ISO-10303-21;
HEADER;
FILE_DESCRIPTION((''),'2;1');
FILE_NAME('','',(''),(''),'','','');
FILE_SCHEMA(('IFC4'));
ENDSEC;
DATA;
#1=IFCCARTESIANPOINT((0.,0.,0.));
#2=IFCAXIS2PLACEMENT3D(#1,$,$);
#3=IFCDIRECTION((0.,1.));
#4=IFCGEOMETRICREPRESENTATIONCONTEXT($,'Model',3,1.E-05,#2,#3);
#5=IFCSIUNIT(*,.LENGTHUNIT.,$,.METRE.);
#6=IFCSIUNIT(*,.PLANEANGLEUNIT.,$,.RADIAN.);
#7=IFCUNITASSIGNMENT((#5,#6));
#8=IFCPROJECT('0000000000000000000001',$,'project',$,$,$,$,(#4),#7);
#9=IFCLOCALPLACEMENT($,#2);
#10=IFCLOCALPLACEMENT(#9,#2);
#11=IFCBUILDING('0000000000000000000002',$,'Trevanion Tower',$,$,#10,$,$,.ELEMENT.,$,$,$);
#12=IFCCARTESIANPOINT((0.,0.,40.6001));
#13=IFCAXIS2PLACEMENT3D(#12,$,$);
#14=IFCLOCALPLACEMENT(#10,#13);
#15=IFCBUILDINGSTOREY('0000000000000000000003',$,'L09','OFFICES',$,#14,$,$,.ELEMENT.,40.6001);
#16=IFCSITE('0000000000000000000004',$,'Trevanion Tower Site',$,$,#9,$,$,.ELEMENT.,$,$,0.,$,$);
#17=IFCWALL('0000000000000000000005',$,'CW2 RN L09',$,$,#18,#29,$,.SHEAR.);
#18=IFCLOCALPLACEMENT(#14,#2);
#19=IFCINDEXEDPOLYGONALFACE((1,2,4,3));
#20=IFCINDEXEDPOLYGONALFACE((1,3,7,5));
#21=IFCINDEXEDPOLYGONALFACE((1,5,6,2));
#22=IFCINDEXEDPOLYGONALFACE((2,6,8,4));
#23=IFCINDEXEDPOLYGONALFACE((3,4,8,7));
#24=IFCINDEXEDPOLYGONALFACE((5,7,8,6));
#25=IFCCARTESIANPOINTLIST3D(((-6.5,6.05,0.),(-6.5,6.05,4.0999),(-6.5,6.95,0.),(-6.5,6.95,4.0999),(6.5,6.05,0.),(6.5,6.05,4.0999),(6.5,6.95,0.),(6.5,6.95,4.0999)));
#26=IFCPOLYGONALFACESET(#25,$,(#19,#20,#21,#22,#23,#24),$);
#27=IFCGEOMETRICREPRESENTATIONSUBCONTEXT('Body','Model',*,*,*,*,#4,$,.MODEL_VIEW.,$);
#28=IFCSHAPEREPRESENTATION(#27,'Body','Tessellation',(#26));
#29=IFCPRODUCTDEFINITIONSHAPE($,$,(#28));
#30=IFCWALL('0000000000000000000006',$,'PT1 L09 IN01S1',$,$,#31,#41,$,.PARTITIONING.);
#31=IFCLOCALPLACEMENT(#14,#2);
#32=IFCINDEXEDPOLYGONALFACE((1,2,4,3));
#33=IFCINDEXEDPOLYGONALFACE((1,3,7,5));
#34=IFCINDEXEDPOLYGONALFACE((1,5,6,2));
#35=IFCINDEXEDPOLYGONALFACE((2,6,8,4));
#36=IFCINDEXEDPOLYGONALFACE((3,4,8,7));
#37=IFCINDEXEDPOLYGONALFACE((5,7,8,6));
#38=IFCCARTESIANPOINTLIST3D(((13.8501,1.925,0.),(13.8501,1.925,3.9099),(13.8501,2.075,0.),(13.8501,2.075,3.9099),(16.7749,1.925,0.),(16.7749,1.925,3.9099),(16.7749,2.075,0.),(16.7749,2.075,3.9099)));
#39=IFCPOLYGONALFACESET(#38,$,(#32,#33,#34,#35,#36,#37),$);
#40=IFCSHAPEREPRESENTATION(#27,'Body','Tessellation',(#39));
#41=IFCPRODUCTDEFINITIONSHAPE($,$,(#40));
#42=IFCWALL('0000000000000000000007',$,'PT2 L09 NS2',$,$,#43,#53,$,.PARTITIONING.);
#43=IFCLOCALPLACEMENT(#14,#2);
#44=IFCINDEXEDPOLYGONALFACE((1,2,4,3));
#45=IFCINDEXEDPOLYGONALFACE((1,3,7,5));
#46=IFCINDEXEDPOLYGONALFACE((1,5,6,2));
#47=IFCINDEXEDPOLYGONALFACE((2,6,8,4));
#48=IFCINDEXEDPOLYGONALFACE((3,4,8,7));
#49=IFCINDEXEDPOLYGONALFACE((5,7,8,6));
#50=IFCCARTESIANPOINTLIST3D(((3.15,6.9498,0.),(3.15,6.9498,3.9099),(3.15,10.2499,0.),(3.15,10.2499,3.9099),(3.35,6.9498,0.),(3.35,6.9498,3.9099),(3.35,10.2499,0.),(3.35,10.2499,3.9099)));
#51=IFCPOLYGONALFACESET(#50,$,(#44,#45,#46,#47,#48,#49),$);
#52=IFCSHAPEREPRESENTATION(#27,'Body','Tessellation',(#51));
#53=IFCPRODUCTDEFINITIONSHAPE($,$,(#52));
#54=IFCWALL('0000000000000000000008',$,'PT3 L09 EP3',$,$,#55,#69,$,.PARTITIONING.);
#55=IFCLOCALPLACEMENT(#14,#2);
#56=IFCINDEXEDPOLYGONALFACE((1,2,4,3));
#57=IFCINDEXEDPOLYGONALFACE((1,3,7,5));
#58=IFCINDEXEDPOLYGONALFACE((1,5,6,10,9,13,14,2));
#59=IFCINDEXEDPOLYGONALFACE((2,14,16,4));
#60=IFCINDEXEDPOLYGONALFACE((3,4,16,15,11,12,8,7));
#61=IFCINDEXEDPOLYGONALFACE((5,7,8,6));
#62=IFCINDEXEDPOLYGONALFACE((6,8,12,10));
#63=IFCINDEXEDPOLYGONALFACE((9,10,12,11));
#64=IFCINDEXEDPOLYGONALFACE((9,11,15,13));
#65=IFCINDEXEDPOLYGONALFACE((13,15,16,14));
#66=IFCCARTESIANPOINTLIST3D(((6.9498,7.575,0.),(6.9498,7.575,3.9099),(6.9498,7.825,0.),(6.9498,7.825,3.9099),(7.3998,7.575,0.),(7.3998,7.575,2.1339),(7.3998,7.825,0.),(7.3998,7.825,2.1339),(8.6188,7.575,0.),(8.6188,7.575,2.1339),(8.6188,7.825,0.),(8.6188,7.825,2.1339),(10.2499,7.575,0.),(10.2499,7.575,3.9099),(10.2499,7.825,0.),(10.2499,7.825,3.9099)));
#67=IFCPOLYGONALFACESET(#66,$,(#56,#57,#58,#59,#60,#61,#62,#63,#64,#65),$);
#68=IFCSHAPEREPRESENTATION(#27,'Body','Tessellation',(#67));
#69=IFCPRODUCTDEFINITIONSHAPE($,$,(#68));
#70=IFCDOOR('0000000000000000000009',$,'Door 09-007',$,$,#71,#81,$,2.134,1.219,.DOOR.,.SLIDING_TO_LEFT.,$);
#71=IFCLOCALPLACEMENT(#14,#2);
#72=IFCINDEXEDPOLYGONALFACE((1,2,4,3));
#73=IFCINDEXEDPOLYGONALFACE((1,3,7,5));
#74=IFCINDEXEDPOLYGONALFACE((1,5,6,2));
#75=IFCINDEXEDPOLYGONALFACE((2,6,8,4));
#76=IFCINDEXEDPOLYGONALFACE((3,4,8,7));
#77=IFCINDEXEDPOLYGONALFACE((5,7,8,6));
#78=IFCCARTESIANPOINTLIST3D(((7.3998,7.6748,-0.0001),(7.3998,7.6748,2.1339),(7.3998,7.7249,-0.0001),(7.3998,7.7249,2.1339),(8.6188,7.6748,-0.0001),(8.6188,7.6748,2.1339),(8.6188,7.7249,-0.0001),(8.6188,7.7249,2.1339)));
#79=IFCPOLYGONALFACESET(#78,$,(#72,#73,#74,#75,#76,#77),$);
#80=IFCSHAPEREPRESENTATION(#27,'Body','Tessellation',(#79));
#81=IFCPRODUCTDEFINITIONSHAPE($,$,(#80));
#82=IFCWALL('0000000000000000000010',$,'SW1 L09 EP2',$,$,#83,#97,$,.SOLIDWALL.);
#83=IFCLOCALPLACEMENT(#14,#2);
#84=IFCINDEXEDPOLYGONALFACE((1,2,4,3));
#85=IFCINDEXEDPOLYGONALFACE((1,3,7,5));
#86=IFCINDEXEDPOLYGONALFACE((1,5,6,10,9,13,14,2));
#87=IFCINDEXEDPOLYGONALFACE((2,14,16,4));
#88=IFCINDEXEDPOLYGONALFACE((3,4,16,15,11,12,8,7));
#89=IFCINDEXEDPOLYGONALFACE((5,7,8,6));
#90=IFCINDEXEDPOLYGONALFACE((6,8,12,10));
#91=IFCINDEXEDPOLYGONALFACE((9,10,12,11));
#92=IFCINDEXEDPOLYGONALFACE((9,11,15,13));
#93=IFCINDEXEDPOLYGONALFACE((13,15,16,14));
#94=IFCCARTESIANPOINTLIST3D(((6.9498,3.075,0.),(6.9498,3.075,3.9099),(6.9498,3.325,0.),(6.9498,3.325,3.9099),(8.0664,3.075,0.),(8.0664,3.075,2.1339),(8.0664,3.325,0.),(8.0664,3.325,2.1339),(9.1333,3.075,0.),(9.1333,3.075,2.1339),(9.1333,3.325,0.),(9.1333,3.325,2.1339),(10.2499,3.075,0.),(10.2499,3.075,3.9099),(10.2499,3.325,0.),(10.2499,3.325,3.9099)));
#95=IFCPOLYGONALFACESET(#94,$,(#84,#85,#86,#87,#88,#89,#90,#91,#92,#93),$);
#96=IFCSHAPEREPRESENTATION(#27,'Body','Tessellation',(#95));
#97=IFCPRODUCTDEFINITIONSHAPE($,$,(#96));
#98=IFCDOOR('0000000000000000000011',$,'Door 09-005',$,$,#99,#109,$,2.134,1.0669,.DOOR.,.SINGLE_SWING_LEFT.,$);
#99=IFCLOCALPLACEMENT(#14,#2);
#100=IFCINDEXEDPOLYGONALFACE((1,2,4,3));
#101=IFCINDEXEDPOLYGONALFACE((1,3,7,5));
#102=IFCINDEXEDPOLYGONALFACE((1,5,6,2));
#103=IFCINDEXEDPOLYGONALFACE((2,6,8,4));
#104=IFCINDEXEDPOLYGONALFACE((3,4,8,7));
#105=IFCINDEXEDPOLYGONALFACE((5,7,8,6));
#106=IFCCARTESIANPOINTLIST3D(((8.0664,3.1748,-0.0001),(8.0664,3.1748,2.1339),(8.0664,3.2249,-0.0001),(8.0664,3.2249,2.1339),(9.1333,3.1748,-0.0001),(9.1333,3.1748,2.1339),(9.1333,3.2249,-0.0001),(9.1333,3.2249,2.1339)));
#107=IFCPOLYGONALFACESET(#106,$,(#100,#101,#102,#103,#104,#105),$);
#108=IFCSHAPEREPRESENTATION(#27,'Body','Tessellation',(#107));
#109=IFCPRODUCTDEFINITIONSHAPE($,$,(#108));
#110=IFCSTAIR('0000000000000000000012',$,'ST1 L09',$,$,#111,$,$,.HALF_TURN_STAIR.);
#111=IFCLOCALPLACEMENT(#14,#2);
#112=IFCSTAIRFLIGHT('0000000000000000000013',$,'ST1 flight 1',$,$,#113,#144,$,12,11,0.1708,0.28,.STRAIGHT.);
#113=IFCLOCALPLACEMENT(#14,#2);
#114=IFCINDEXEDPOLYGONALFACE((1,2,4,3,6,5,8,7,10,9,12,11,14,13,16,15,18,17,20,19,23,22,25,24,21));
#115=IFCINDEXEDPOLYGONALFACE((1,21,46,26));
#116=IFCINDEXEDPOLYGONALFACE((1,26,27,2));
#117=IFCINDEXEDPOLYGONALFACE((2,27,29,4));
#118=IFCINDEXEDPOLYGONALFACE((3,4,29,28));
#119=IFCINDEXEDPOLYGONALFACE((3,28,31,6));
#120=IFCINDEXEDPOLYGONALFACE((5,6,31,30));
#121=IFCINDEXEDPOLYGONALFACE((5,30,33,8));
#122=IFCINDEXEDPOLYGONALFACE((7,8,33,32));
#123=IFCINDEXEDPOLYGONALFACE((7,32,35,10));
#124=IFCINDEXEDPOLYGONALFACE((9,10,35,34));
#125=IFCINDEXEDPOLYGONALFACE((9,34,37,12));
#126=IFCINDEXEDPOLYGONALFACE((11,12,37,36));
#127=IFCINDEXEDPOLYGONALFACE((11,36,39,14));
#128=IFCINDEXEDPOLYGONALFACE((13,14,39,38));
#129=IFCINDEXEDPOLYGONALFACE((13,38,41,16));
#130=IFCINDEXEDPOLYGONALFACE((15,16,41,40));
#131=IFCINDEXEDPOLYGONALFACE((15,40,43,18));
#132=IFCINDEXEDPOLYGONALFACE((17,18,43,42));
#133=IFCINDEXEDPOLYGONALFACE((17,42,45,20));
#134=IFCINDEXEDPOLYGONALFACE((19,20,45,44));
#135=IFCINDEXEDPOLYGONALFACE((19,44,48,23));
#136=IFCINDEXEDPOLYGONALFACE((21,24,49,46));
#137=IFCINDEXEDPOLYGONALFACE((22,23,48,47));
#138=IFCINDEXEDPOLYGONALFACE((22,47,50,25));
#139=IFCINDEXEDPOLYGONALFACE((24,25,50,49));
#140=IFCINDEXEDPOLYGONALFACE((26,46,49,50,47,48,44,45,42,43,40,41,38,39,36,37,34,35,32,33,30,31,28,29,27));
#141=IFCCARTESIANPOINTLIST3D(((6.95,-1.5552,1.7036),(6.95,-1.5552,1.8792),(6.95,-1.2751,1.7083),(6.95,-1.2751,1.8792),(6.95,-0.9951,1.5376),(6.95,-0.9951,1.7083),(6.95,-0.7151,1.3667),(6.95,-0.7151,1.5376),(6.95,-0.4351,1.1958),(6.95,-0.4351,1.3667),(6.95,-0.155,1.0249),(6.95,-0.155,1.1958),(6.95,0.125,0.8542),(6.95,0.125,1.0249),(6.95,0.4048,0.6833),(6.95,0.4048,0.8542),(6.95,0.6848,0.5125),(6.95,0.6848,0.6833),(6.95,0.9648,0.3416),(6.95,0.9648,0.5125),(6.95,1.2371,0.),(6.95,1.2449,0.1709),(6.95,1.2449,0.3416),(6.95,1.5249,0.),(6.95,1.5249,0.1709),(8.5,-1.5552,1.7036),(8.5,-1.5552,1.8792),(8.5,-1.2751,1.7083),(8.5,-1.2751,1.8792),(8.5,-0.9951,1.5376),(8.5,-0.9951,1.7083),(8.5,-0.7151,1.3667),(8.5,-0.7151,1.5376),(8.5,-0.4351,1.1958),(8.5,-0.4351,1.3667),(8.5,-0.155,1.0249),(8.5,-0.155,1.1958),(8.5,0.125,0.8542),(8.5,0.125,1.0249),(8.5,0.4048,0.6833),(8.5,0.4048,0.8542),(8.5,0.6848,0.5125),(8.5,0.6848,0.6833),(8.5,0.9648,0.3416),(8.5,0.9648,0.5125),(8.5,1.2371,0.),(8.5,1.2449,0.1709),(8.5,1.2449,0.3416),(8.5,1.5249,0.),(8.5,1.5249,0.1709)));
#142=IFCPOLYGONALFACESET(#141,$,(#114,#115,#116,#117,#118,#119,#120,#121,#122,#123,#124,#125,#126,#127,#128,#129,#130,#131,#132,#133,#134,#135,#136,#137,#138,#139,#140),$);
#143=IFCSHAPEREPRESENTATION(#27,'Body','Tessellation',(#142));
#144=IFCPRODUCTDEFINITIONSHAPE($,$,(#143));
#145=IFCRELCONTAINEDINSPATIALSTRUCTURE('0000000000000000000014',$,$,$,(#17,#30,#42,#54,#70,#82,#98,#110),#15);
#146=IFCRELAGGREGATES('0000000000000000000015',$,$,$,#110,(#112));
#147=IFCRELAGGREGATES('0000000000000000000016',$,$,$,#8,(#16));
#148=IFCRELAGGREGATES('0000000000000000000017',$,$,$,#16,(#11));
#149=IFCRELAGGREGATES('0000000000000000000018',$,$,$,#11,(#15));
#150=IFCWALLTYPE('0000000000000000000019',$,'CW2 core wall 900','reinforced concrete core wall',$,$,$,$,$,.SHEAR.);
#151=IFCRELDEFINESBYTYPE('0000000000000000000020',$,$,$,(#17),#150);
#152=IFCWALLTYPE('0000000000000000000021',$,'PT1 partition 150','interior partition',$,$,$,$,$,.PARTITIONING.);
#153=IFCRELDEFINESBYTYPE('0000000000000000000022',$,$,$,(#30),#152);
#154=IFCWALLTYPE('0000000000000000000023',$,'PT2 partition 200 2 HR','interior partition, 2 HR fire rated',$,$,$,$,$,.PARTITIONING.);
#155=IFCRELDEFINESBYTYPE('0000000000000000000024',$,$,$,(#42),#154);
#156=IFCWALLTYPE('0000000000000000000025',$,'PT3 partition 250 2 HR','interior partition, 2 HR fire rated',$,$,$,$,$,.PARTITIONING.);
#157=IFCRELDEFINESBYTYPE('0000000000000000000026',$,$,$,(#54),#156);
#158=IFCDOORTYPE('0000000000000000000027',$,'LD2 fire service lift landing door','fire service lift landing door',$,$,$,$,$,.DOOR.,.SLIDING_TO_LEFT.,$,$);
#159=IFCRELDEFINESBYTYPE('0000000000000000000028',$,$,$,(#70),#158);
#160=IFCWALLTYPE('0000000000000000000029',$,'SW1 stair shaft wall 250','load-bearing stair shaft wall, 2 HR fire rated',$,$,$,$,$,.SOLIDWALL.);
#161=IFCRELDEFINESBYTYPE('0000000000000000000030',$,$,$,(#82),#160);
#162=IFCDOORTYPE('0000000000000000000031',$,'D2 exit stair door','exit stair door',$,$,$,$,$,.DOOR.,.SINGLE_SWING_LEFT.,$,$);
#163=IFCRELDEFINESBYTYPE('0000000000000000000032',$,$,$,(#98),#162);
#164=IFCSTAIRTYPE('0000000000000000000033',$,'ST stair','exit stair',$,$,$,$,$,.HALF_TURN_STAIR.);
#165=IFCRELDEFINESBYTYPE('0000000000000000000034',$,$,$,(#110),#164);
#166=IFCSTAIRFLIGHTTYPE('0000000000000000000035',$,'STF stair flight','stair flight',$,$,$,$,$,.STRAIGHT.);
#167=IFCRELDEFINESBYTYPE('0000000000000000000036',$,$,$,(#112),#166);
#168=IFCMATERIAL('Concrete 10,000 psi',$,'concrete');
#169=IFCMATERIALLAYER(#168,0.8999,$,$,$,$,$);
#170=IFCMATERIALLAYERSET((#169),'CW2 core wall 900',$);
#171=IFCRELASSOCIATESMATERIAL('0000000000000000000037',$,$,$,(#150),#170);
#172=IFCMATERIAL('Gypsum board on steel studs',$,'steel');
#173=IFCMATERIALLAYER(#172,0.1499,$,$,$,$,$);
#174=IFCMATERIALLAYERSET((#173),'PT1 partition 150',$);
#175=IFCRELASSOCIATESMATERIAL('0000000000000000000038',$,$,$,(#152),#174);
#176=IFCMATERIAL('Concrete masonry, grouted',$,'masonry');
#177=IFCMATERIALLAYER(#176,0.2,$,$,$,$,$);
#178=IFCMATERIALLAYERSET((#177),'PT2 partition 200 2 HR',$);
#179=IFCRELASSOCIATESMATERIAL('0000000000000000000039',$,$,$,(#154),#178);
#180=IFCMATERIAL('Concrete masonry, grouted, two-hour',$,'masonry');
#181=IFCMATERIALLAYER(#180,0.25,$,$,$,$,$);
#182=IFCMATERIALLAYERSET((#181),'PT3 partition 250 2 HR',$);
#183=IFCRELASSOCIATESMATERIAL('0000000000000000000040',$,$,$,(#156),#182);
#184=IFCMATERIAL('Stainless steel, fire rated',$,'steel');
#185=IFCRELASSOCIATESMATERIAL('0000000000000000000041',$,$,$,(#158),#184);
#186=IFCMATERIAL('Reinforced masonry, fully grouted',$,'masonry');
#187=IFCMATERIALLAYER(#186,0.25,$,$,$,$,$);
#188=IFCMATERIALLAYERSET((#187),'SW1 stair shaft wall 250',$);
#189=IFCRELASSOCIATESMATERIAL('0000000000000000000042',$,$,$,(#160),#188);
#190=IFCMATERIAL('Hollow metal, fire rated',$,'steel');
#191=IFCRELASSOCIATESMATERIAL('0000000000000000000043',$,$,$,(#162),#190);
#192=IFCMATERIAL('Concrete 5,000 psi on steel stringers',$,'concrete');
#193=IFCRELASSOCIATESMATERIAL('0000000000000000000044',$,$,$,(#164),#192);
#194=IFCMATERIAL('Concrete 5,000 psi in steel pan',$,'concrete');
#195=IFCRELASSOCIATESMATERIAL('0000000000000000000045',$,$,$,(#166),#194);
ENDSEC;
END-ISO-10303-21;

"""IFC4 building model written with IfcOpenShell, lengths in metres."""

from ifc_helpers import new_model, si_unit, direction, frame, frame_2d, origin, place, context, subcontext, project, spatial, polyline, rectangle, outline, extrude, material, layer, layer_set, type_object, element, fill, aggregate, save


model = new_model("IFC4")

# Units and contexts
model_context = context("Model", 3, precision=1e-05, world=origin(), true_north=direction((0.0, 1.0)))
body_context = subcontext(model_context, "Body", "Model", "MODEL_VIEW")
ifc_project = project(units=[si_unit("LENGTHUNIT", "METRE"), si_unit("PLANEANGLEUNIT", "RADIAN")], contexts=[model_context])

# Site, building, storey
site_placement = place(None, origin())
site = spatial("IfcSite", under=ifc_project, at=site_placement, Name="Trevanion Tower Site", CompositionType="ELEMENT", RefElevation=0.0)
building_placement = place(site_placement, origin())
building = spatial("IfcBuilding", under=site, at=building_placement, Name="Trevanion Tower", CompositionType="ELEMENT")
storey_placement = place(building_placement, frame((0.0, 0.0, 40.6001)))
storey = spatial("IfcBuildingStorey", under=building, at=storey_placement, Name="L09", Description="OFFICES", CompositionType="ELEMENT", Elevation=40.6001)

# Walls
ifc_material_1 = material(Name="Concrete 10,000 psi", Category="concrete")
ifc_layer_1 = layer(ifc_material_1, 0.8999)
ifc_layer_set_1 = layer_set([ifc_layer_1], Name="CW2 core wall 900")
wall_type_1 = type_object("IfcWallType", Name="CW2 core wall 900", Description="reinforced concrete core wall", PredefinedType="SHEAR", material=ifc_layer_set_1)
wall_1_placement = place(storey_placement, frame((6.5, 6.5, 0.0), z_axis=(0.0, 0.0, 1.0), x_axis=(-1.0, 0.0, 0.0)))
element("IfcWall", 1, at=wall_1_placement, inside=storey, type_object=wall_type_1, Name="CW2 RN L09", PredefinedType="SHEAR", context=body_context, shape_type="SweptSolid", body=[
    extrude(rectangle(XDim=13.0, YDim=0.8999, at=frame_2d((6.5, 0.0))), origin(), (0.0, 0.0, 1.0), 4.0999),
])
ifc_material_2 = material(Name="Gypsum board on steel studs", Category="steel")
ifc_layer_2 = layer(ifc_material_2, 0.1499)
ifc_layer_set_2 = layer_set([ifc_layer_2], Name="PT1 partition 150")
wall_type_2 = type_object("IfcWallType", Name="PT1 partition 150", Description="interior partition", PredefinedType="PARTITIONING", material=ifc_layer_set_2)
wall_2_placement = place(storey_placement, frame((16.7749, 2.0, 0.0), z_axis=(0.0, 0.0, 1.0), x_axis=(-1.0, 0.0, 0.0)))
element("IfcWall", 2, at=wall_2_placement, inside=storey, type_object=wall_type_2, Name="PT1 L09 IN01S1", PredefinedType="PARTITIONING", context=body_context, shape_type="SweptSolid", body=[
    extrude(rectangle(XDim=2.9248, YDim=0.1499, at=frame_2d((1.4624, 0.0))), origin(), (0.0, 0.0, 1.0), 3.9099),
])
ifc_material_3 = material(Name="Concrete masonry, grouted", Category="masonry")
ifc_layer_3 = layer(ifc_material_3, 0.2)
ifc_layer_set_3 = layer_set([ifc_layer_3], Name="PT2 partition 200 2 HR")
wall_type_3 = type_object("IfcWallType", Name="PT2 partition 200 2 HR", Description="interior partition, 2 HR fire rated", PredefinedType="PARTITIONING", material=ifc_layer_set_3)
wall_3_placement = place(storey_placement, frame((3.25, 6.95, 0.0), z_axis=(0.0, 0.0, 1.0), x_axis=(0.0, 1.0, 0.0)))
element("IfcWall", 3, at=wall_3_placement, inside=storey, type_object=wall_type_3, Name="PT2 L09 NS2", PredefinedType="PARTITIONING", context=body_context, shape_type="SweptSolid", body=[
    extrude(rectangle(XDim=3.3, YDim=0.2, at=frame_2d((1.6499, 0.0))), origin(), (0.0, 0.0, 1.0), 3.9099),
])

# Walls, openings, doors
ifc_material_4 = material(Name="Concrete masonry, grouted, two-hour", Category="masonry")
ifc_layer_4 = layer(ifc_material_4, 0.25)
ifc_layer_set_4 = layer_set([ifc_layer_4], Name="PT3 partition 250 2 HR")
wall_type_4 = type_object("IfcWallType", Name="PT3 partition 250 2 HR", Description="interior partition, 2 HR fire rated", PredefinedType="PARTITIONING", material=ifc_layer_set_4)
wall_4_placement = place(storey_placement, frame((6.95, 7.7, 0.0), z_axis=(0.0, 0.0, 1.0), x_axis=(1.0, 0.0, 0.0)))
wall_4 = element("IfcWall", 4, at=wall_4_placement, inside=storey, type_object=wall_type_4, Name="PT3 L09 EP3", PredefinedType="PARTITIONING", context=body_context, shape_type="SweptSolid", body=[
    extrude(rectangle(XDim=3.3, YDim=0.25, at=frame_2d((1.6499, 0.0))), origin(), (0.0, 0.0, 1.0), 3.9099),
])
opening_1_placement = place(wall_4_placement, frame((0.45, 0.0, 0.0)))
opening_1 = element("IfcOpeningElement", 5, at=opening_1_placement, cuts=wall_4, PredefinedType="OPENING", context=body_context, shape_type="SweptSolid", body=[
    extrude(rectangle(XDim=1.219, YDim=2.134, at=frame_2d((0.6094, 1.0669))), frame((0.0, 0.135, 0.0), z_axis=(0.0, -1.0, 0.0), x_axis=(1.0, 0.0, 0.0)), (0.0, 0.0, 1.0), 0.27),
])
ifc_material_5 = material(Name="Stainless steel, fire rated", Category="steel")
door_type_1 = type_object("IfcDoorType", Name="LD2 fire service lift landing door", Description="fire service lift landing door", OperationType="SLIDING_TO_LEFT", PredefinedType="DOOR", material=ifc_material_5)
door_1_placement = place(opening_1_placement, origin())
door_1 = element("IfcDoor", 6, at=door_1_placement, inside=storey, type_object=door_type_1, Name="Door 09-007", OperationType="SLIDING_TO_LEFT", OverallHeight=2.134, OverallWidth=1.219, PredefinedType="DOOR", context=body_context, shape_type="SweptSolid", body=[
    extrude(rectangle(XDim=1.219, YDim=2.134, at=frame_2d((0.6094, 1.0669))), frame((0.0, 0.0249, 0.0), z_axis=(0.0, -1.0, 0.0), x_axis=(1.0, 0.0, 0.0)), (0.0, 0.0, 1.0), 0.05),
])
fill(opening_1, door_1)
ifc_material_6 = material(Name="Reinforced masonry, fully grouted", Category="masonry")
ifc_layer_5 = layer(ifc_material_6, 0.25)
ifc_layer_set_5 = layer_set([ifc_layer_5], Name="SW1 stair shaft wall 250")
wall_type_5 = type_object("IfcWallType", Name="SW1 stair shaft wall 250", Description="load-bearing stair shaft wall, 2 HR fire rated", PredefinedType="SOLIDWALL", material=ifc_layer_set_5)
wall_5_placement = place(storey_placement, frame((6.95, 3.2, 0.0), z_axis=(0.0, 0.0, 1.0), x_axis=(1.0, 0.0, 0.0)))
wall_5 = element("IfcWall", 7, at=wall_5_placement, inside=storey, type_object=wall_type_5, Name="SW1 L09 EP2", PredefinedType="SOLIDWALL", context=body_context, shape_type="SweptSolid", body=[
    extrude(rectangle(XDim=3.3, YDim=0.25, at=frame_2d((1.6499, 0.0))), origin(), (0.0, 0.0, 1.0), 3.9099),
])
opening_2_placement = place(wall_5_placement, frame((1.1165, 0.0, 0.0)))
opening_2 = element("IfcOpeningElement", 8, at=opening_2_placement, cuts=wall_5, PredefinedType="OPENING", context=body_context, shape_type="SweptSolid", body=[
    extrude(rectangle(XDim=1.0669, YDim=2.134, at=frame_2d((0.5334, 1.0669))), frame((0.0, 0.135, 0.0), z_axis=(0.0, -1.0, 0.0), x_axis=(1.0, 0.0, 0.0)), (0.0, 0.0, 1.0), 0.27),
])
ifc_material_7 = material(Name="Hollow metal, fire rated", Category="steel")
door_type_2 = type_object("IfcDoorType", Name="D2 exit stair door", Description="exit stair door", OperationType="SINGLE_SWING_LEFT", PredefinedType="DOOR", material=ifc_material_7)
door_2_placement = place(opening_2_placement, origin())
door_2 = element("IfcDoor", 9, at=door_2_placement, inside=storey, type_object=door_type_2, Name="Door 09-005", OperationType="SINGLE_SWING_LEFT", OverallHeight=2.134, OverallWidth=1.0669, PredefinedType="DOOR", context=body_context, shape_type="SweptSolid", body=[
    extrude(rectangle(XDim=1.0669, YDim=2.134, at=frame_2d((0.5334, 1.0669))), frame((0.0, 0.0249, 0.0), z_axis=(0.0, -1.0, 0.0), x_axis=(1.0, 0.0, 0.0)), (0.0, 0.0, 1.0), 0.05),
])
fill(opening_2, door_2)

# Stair, stair flight
ifc_material_8 = material(Name="Concrete 5,000 psi on steel stringers", Category="concrete")
stair_type = type_object("IfcStairType", Name="ST stair", Description="exit stair", PredefinedType="HALF_TURN_STAIR", material=ifc_material_8)
stair_placement = place(storey_placement, origin())
stair = element("IfcStair", 10, at=stair_placement, inside=storey, type_object=stair_type, Name="ST1 L09", PredefinedType="HALF_TURN_STAIR")
ifc_material_9 = material(Name="Concrete 5,000 psi in steel pan", Category="concrete")
stair_flight_type = type_object("IfcStairFlightType", Name="STF stair flight", Description="stair flight", PredefinedType="STRAIGHT", material=ifc_material_9)
stair_flight_placement = place(storey_placement, frame((7.7251, 1.5249, 0.0), z_axis=(0.0, 0.0, 1.0), x_axis=(0.0, -1.0, 0.0)))
stair_flight = element("IfcStairFlight", 11, at=stair_flight_placement, type_object=stair_flight_type, Name="ST1 flight 1", NumberOfRisers=12, NumberOfTreads=11, PredefinedType="STRAIGHT", RiserHeight=0.1708, TreadLength=0.28, context=body_context, shape_type="SweptSolid", body=[
    extrude(outline(polyline([(0.0, 0.0), (0.0, 0.1709), (0.28, 0.1709), (0.28, 0.3416), (0.5601, 0.3416), (0.5601, 0.5125), (0.8401, 0.5125), (0.8401, 0.6833), (1.1201, 0.6833), (1.1201, 0.8542), (1.3999, 0.8542), (1.3999, 1.0249), (1.6799, 1.0249), (1.6799, 1.1958), (1.96, 1.1958), (1.96, 1.3667), (2.24, 1.3667), (2.24, 1.5376), (2.52, 1.5376), (2.52, 1.7083), (2.8, 1.7083), (2.8, 1.8792), (3.0801, 1.8792), (3.0801, 2.05), (3.0801, 1.7036), (0.2878, 0.0), (0.0, 0.0)])), frame((0.0, 0.7749, 0.0), z_axis=(0.0, -1.0, 0.0), x_axis=(1.0, 0.0, 0.0)), (0.0, 0.0, 1.0), 1.55),
])
aggregate(stair, [stair_flight])

save(model, "model.ifc")
